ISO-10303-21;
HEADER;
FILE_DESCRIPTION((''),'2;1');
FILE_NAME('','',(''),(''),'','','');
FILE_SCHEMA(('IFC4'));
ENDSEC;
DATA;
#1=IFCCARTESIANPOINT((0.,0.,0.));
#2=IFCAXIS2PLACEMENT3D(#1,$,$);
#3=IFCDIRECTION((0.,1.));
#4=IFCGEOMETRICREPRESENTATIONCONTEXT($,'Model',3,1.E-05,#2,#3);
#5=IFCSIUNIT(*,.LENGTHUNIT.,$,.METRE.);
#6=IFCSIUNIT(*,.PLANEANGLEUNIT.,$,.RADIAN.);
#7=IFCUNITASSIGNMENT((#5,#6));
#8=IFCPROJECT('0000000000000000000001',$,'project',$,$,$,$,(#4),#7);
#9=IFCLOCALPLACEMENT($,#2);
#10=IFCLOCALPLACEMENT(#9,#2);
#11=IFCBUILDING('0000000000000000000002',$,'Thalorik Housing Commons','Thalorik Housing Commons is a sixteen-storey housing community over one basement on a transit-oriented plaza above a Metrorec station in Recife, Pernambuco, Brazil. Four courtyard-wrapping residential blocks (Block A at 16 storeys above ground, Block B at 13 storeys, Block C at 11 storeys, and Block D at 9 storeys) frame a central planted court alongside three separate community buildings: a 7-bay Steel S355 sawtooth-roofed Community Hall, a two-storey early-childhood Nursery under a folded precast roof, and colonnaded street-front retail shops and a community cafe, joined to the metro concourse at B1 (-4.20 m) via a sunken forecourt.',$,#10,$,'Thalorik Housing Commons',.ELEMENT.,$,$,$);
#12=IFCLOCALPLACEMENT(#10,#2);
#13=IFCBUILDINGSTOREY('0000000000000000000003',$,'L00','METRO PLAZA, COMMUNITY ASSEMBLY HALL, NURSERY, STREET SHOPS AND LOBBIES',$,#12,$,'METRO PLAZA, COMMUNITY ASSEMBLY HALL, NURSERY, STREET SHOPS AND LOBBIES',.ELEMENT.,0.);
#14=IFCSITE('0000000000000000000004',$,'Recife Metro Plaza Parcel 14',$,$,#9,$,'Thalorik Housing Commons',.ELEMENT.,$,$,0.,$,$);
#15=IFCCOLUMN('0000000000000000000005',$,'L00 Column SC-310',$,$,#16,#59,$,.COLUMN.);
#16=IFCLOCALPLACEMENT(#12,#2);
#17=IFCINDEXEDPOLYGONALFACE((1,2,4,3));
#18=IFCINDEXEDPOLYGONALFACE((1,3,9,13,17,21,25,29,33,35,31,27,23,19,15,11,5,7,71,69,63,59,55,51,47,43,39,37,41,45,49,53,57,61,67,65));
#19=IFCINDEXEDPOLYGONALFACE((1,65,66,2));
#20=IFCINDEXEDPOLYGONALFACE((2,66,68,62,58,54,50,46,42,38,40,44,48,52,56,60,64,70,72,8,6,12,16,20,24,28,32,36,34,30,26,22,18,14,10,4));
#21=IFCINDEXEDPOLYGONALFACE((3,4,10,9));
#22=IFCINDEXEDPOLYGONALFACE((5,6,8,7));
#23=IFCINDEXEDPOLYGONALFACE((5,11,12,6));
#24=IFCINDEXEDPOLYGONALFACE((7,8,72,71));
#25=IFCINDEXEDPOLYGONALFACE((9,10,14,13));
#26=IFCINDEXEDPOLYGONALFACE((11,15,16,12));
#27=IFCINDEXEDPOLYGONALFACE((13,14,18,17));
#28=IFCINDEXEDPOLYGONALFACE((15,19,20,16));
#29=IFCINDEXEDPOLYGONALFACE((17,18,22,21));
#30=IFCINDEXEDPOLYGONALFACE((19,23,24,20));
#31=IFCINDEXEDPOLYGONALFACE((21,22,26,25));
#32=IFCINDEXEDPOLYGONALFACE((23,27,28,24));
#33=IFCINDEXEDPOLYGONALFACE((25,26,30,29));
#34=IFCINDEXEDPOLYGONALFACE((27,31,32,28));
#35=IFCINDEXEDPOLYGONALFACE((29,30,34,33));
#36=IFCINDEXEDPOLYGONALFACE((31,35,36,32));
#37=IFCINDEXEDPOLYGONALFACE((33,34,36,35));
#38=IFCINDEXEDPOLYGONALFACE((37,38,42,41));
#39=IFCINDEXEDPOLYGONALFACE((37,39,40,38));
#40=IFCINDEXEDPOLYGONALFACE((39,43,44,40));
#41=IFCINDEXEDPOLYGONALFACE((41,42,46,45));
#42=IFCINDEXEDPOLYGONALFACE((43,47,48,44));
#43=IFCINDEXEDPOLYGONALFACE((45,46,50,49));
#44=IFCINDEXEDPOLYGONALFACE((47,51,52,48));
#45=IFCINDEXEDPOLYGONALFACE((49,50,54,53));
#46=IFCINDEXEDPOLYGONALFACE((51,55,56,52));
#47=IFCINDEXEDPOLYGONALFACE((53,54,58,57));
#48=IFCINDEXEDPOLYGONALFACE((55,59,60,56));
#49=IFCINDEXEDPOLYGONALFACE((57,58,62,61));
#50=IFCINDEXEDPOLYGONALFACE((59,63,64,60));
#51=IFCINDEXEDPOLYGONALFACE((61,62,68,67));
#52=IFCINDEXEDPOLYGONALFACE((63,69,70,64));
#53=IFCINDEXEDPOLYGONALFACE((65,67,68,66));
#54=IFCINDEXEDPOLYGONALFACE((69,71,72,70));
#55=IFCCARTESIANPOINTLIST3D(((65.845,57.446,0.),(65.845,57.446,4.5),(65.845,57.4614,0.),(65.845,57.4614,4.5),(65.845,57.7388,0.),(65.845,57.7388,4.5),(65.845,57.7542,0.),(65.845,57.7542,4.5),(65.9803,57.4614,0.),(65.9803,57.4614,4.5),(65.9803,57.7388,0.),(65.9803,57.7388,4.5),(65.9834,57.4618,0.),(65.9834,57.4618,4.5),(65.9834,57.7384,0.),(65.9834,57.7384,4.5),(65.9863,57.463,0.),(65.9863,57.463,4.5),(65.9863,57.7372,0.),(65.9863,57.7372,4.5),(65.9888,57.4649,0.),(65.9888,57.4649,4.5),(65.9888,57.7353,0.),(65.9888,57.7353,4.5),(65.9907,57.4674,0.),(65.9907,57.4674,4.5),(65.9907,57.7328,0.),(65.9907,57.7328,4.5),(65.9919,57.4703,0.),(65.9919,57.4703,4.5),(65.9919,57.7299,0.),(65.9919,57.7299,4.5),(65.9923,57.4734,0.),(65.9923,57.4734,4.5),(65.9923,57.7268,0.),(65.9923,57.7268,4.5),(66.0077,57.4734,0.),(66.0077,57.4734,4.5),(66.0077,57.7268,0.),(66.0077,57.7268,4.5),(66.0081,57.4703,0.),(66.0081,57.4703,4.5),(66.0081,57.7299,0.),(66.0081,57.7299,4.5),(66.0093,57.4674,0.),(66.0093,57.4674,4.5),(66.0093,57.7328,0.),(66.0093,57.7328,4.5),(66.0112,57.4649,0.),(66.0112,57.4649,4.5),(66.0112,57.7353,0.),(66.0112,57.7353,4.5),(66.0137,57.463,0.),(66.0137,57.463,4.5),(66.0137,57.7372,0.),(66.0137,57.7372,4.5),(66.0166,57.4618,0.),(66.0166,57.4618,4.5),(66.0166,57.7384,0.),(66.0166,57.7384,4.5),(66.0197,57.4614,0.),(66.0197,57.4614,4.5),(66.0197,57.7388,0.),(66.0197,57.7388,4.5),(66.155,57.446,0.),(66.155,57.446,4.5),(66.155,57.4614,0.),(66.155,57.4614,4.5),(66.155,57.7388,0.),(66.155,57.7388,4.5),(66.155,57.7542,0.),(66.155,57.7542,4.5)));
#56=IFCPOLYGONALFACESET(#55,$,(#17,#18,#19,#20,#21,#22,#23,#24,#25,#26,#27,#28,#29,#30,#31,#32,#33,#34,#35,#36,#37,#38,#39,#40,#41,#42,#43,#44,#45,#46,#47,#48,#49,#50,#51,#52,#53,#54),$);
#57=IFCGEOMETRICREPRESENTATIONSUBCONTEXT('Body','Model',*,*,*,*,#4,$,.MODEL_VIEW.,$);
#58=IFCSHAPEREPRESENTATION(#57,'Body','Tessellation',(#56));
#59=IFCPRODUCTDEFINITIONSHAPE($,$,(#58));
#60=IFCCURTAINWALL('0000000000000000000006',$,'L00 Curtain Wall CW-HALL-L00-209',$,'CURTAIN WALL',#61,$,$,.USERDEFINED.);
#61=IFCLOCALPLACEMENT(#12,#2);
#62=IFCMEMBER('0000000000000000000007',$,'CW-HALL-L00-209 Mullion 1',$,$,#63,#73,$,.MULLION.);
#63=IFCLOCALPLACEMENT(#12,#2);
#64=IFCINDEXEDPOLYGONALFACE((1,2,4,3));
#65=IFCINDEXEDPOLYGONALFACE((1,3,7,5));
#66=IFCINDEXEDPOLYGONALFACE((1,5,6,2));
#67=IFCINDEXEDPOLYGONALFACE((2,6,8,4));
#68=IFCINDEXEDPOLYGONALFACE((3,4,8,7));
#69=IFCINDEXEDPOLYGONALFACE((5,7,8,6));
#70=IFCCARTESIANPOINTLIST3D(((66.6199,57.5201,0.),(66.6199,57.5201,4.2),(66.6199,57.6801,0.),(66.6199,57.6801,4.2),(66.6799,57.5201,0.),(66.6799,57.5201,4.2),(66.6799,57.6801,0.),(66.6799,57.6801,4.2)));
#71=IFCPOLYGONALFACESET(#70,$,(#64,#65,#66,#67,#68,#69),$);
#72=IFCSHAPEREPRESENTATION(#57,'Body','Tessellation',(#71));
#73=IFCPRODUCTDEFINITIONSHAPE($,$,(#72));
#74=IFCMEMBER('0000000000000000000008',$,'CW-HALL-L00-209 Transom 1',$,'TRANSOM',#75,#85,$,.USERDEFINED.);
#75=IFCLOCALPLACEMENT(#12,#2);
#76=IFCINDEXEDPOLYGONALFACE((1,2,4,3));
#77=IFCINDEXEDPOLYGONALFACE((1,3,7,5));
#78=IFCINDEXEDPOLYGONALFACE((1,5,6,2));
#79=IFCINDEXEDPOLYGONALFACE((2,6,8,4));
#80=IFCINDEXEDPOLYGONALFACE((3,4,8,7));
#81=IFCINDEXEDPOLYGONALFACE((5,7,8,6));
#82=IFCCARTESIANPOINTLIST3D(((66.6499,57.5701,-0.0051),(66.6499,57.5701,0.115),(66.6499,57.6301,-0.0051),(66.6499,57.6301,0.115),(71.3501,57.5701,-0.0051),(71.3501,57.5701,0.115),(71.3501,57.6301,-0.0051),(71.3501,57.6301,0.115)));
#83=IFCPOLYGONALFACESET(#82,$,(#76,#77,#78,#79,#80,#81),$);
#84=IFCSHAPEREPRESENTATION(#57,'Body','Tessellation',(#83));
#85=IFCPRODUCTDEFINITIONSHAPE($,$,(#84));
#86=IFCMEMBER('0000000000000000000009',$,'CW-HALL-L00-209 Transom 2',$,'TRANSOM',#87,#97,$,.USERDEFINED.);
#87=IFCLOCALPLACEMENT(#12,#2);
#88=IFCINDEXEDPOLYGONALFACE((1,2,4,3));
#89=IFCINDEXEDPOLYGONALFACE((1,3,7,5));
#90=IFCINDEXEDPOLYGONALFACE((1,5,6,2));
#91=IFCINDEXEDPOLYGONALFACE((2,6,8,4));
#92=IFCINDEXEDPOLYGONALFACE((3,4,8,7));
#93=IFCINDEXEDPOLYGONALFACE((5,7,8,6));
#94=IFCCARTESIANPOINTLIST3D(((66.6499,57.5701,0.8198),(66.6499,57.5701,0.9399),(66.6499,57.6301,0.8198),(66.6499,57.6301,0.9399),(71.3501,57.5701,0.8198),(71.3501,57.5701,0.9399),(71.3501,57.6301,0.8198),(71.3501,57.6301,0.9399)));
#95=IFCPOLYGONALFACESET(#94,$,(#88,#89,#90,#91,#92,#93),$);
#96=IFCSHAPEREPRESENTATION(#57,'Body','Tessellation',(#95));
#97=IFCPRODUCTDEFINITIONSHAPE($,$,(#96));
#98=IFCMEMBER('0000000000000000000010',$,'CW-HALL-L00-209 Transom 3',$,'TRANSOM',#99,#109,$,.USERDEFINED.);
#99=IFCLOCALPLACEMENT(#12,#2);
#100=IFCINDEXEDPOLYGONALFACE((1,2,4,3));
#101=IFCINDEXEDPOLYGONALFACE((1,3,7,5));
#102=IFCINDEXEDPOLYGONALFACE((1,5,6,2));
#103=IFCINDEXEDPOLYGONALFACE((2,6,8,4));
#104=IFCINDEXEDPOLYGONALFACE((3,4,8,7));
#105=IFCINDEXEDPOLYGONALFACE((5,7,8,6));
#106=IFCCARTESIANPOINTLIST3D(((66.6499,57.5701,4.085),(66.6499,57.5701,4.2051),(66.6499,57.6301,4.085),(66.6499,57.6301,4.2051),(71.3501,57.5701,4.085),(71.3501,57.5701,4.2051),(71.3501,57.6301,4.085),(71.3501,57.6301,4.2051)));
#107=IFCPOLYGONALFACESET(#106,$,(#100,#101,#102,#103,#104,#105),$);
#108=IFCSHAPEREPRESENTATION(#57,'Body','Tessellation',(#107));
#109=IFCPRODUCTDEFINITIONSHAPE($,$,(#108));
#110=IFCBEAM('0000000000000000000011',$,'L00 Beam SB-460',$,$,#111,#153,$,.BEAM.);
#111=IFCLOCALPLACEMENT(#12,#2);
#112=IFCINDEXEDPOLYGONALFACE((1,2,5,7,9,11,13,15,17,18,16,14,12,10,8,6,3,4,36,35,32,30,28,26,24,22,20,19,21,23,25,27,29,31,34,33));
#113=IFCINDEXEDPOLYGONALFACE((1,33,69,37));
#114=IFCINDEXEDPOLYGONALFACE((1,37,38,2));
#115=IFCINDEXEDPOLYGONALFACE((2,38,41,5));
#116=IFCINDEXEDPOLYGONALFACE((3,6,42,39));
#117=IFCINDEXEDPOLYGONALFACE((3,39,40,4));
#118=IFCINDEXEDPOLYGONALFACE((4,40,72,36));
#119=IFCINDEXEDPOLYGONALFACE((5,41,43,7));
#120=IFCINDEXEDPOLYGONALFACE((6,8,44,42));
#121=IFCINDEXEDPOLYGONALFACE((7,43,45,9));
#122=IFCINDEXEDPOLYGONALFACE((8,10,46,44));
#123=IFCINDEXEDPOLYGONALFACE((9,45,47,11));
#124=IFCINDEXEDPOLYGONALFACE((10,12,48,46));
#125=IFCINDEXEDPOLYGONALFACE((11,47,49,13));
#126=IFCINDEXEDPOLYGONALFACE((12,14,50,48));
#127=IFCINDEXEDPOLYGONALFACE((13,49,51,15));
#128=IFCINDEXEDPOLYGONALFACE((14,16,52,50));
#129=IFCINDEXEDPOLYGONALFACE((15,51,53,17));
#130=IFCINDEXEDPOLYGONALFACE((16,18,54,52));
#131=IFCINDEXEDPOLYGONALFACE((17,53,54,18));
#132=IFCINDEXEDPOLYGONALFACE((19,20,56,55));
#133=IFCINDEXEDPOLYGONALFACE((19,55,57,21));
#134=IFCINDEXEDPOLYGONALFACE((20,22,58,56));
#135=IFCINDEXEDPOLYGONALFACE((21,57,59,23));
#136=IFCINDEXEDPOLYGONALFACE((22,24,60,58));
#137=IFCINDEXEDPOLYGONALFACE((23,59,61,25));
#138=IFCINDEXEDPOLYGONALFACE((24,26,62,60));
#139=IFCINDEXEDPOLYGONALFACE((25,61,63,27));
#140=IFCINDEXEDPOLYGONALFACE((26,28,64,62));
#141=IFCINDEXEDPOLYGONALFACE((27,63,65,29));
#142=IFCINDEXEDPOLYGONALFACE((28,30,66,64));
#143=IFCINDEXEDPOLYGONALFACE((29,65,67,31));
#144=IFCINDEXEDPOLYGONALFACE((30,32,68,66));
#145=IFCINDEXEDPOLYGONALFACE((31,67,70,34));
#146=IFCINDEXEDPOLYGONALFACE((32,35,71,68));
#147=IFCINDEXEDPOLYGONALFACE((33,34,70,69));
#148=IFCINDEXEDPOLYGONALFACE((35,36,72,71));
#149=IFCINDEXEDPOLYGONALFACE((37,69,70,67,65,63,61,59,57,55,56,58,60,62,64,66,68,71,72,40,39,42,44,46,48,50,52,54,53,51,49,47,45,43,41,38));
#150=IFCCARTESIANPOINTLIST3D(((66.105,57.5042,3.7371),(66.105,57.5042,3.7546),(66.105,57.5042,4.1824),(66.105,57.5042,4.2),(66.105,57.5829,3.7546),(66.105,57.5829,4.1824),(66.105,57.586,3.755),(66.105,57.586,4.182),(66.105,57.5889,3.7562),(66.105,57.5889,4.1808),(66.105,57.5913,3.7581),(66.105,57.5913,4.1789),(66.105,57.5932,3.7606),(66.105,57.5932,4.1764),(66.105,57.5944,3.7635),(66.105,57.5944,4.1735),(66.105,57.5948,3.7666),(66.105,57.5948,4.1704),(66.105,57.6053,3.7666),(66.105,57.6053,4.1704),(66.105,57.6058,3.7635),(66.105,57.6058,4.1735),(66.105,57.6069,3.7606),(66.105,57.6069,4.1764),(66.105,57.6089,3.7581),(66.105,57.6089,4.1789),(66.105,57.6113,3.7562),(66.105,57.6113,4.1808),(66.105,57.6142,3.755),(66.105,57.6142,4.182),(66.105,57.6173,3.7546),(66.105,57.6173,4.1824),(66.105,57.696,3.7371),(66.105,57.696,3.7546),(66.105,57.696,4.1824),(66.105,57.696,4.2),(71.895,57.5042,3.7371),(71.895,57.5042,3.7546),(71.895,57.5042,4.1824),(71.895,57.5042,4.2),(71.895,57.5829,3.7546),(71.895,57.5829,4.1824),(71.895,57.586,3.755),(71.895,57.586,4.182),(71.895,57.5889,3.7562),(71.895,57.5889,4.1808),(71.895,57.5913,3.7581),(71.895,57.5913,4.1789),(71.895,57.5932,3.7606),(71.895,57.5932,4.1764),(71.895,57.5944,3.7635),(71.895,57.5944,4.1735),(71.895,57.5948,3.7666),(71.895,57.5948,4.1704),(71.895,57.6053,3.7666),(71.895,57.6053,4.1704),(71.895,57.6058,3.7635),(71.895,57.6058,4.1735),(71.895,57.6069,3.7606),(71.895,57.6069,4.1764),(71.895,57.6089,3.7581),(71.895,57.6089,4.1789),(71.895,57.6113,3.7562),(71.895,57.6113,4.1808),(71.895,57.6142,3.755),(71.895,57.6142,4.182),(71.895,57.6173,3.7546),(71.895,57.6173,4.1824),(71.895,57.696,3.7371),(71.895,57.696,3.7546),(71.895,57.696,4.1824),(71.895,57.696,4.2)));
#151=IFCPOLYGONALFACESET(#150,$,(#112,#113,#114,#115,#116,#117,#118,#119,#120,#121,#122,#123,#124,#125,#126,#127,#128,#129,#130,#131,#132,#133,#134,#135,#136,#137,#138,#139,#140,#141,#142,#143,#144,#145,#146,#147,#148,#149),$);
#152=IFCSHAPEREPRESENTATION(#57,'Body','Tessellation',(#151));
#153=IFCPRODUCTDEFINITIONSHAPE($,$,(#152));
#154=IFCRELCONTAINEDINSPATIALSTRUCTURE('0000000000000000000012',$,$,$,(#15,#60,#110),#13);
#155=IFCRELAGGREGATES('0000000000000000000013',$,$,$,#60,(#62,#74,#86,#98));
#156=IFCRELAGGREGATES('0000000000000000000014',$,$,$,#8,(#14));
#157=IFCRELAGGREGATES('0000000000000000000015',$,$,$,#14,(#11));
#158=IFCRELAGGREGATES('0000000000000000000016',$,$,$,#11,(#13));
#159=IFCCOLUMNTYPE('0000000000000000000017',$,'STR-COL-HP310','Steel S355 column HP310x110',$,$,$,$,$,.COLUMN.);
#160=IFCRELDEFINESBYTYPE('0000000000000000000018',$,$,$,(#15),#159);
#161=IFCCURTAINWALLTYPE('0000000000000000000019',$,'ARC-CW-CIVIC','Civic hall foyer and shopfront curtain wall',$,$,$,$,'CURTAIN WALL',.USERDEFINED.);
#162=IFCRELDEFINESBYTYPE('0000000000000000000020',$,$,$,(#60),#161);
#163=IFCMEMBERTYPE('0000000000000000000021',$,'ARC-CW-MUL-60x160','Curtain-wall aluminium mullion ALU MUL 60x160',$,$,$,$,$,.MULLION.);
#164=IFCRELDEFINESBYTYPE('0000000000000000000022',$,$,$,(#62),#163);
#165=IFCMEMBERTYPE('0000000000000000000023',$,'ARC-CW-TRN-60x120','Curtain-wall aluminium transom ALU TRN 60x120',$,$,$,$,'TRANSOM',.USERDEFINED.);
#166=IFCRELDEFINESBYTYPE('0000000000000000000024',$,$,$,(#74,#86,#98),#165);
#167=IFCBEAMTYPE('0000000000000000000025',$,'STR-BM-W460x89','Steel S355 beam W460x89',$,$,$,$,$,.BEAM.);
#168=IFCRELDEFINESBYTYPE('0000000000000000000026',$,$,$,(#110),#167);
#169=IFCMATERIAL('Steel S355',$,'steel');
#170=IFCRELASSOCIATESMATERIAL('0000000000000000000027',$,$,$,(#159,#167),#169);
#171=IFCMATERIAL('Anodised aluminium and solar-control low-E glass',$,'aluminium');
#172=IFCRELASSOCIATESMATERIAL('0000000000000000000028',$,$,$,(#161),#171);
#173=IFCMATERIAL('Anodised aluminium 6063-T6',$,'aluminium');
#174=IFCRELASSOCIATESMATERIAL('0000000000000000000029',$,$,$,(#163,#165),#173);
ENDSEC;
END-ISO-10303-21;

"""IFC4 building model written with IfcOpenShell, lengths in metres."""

from ifc_helpers import new_model, si_unit, direction, frame, origin, origin_2d, place, context, subcontext, project, spatial, rectangle, i_section, extrude, material, material_profile, profile_set, type_object, element, aggregate, save


model = new_model("IFC4")

# Units and contexts
model_context = context("Model", 3, precision=1e-05, world=origin(), true_north=direction((0.0, 1.0)))
body_context = subcontext(model_context, "Body", "Model", "MODEL_VIEW")
ifc_project = project(units=[si_unit("LENGTHUNIT", "METRE"), si_unit("PLANEANGLEUNIT", "RADIAN")], contexts=[model_context])

# Site, building, storey
site_placement = place(None, origin())
site = spatial("IfcSite", under=ifc_project, at=site_placement, Name="Recife Metro Plaza Parcel 14", LongName="Thalorik Housing Commons", CompositionType="ELEMENT", RefElevation=0.0)
building_placement = place(site_placement, origin())
building = spatial("IfcBuilding", under=site, at=building_placement, Name="Thalorik Housing Commons", Description="Thalorik Housing Commons is a sixteen-storey housing community over one basement on a transit-oriented plaza above a Metrorec station in Recife, Pernambuco, Brazil. Four courtyard-wrapping residential blocks (Block A at 16 storeys above ground, Block B at 13 storeys, Block C at 11 storeys, and Block D at 9 storeys) frame a central planted court alongside three separate community buildings: a 7-bay Steel S355 sawtooth-roofed Community Hall, a two-storey early-childhood Nursery under a folded precast roof, and colonnaded street-front retail shops and a community cafe, joined to the metro concourse at B1 (-4.20 m) via a sunken forecourt.", LongName="Thalorik Housing Commons", CompositionType="ELEMENT")
storey_placement = place(building_placement, origin())
storey = spatial("IfcBuildingStorey", under=building, at=storey_placement, Name="L00", Description="METRO PLAZA, COMMUNITY ASSEMBLY HALL, NURSERY, STREET SHOPS AND LOBBIES", LongName="METRO PLAZA, COMMUNITY ASSEMBLY HALL, NURSERY, STREET SHOPS AND LOBBIES", CompositionType="ELEMENT", Elevation=0.0)

# Column
ifc_material_1 = material(Name="Steel S355", Category="steel")
ifc_material_profile_1 = material_profile(ifc_material_1, i_section(OverallWidth=0.3101, OverallDepth=0.3081, WebThickness=0.0154, FlangeThickness=0.0154, FilletRadius=0.012, at=origin_2d()), Name="HP310x110", Category="steel")
ifc_profile_set_1 = profile_set([ifc_material_profile_1], Name="Steel S355")
column_type = type_object("IfcColumnType", Name="STR-COL-HP310", Description="Steel S355 column HP310x110", PredefinedType="COLUMN", material=ifc_profile_set_1)
column_placement = place(storey_placement, frame((66.0, 57.6001, 0.0), z_axis=(0.0, 0.0, 1.0), x_axis=(1.0, 0.0, 0.0)))
element("IfcColumn", 1, at=column_placement, inside=storey, type_object=column_type, Name="L00 Column SC-310", PredefinedType="COLUMN", context=body_context, shape_type="SweptSolid", body=[
    extrude(i_section(OverallWidth=0.3101, OverallDepth=0.3081, WebThickness=0.0154, FlangeThickness=0.0154, FilletRadius=0.012, at=origin_2d()), origin(), (0.0, 0.0, 1.0), 4.5),
])

# Curtain wall, members
ifc_material_2 = material(Name="Anodised aluminium and solar-control low-E glass", Category="aluminium")
curtain_wall_type = type_object("IfcCurtainWallType", Name="ARC-CW-CIVIC", Description="Civic hall foyer and shopfront curtain wall", ElementType="CURTAIN WALL", PredefinedType="USERDEFINED", material=ifc_material_2)
curtain_wall_placement = place(storey_placement, origin())
curtain_wall = element("IfcCurtainWall", 2, at=curtain_wall_placement, inside=storey, type_object=curtain_wall_type, Name="L00 Curtain Wall CW-HALL-L00-209", ObjectType="CURTAIN WALL", PredefinedType="USERDEFINED")
ifc_material_3 = material(Name="Anodised aluminium 6063-T6", Category="aluminium")
ifc_material_profile_2 = material_profile(ifc_material_3, rectangle(XDim=0.0601, YDim=0.1599, at=origin_2d()), Name="ALU MUL 60x160", Category="aluminium")
ifc_profile_set_2 = profile_set([ifc_material_profile_2], Name="Anodised aluminium 6063-T6")
member_type_1 = type_object("IfcMemberType", Name="ARC-CW-MUL-60x160", Description="Curtain-wall aluminium mullion ALU MUL 60x160", PredefinedType="MULLION", material=ifc_profile_set_2)
member_1_placement = place(storey_placement, frame((66.6499, 57.6001, 0.0), z_axis=(0.0, 0.0, 1.0), x_axis=(1.0, 0.0, 0.0)))
member_1 = element("IfcMember", 3, at=member_1_placement, type_object=member_type_1, Name="CW-HALL-L00-209 Mullion 1", PredefinedType="MULLION", context=body_context, shape_type="SweptSolid", body=[
    extrude(rectangle(XDim=0.0601, YDim=0.1599, at=origin_2d()), origin(), (0.0, 0.0, 1.0), 4.2),
])
ifc_material_profile_3 = material_profile(ifc_material_3, rectangle(XDim=0.0601, YDim=0.1201, at=origin_2d()), Name="ALU TRN 60x120", Category="aluminium")
ifc_profile_set_3 = profile_set([ifc_material_profile_3], Name="Anodised aluminium 6063-T6")
member_type_2 = type_object("IfcMemberType", Name="ARC-CW-TRN-60x120", Description="Curtain-wall aluminium transom ALU TRN 60x120", ElementType="TRANSOM", PredefinedType="USERDEFINED", material=ifc_profile_set_3)
member_2_placement = place(storey_placement, frame((66.6499, 57.6001, 0.0549), z_axis=(1.0, 0.0, 0.0), x_axis=(0.0, 1.0, 0.0)))
member_2 = element("IfcMember", 4, at=member_2_placement, type_object=member_type_2, Name="CW-HALL-L00-209 Transom 1", ObjectType="TRANSOM", PredefinedType="USERDEFINED", context=body_context, shape_type="SweptSolid", body=[
    extrude(rectangle(XDim=0.0601, YDim=0.1201, at=origin_2d()), origin(), (0.0, 0.0, 1.0), 4.7002),
])
member_3_placement = place(storey_placement, frame((66.6499, 57.6001, 0.8799), z_axis=(1.0, 0.0, 0.0), x_axis=(0.0, 1.0, 0.0)))
member_3 = element("IfcMember", 5, at=member_3_placement, type_object=member_type_2, Name="CW-HALL-L00-209 Transom 2", ObjectType="TRANSOM", PredefinedType="USERDEFINED", context=body_context, shape_type="SweptSolid", body=[
    extrude(rectangle(XDim=0.0601, YDim=0.1201, at=origin_2d()), origin(), (0.0, 0.0, 1.0), 4.7002),
])
member_4_placement = place(storey_placement, frame((66.6499, 57.6001, 4.145), z_axis=(1.0, 0.0, 0.0), x_axis=(0.0, 1.0, 0.0)))
member_4 = element("IfcMember", 6, at=member_4_placement, type_object=member_type_2, Name="CW-HALL-L00-209 Transom 3", ObjectType="TRANSOM", PredefinedType="USERDEFINED", context=body_context, shape_type="SweptSolid", body=[
    extrude(rectangle(XDim=0.0601, YDim=0.1201, at=origin_2d()), origin(), (0.0, 0.0, 1.0), 4.7002),
])

# Beam
ifc_material_profile_4 = material_profile(ifc_material_1, i_section(OverallWidth=0.1919, OverallDepth=0.4629, WebThickness=0.0105, FlangeThickness=0.0176, FilletRadius=0.012, at=origin_2d()), Name="W460x89", Category="steel")
ifc_profile_set_4 = profile_set([ifc_material_profile_4], Name="Steel S355")
beam_type_1 = type_object("IfcBeamType", Name="STR-BM-W460x89", Description="Steel S355 beam W460x89", PredefinedType="BEAM", material=ifc_profile_set_4)
beam_1_placement = place(storey_placement, frame((66.105, 57.6001, 3.9685), z_axis=(1.0, 0.0, 0.0), x_axis=(0.0, 1.0, 0.0)))
element("IfcBeam", 7, at=beam_1_placement, inside=storey, type_object=beam_type_1, Name="L00 Beam SB-460", PredefinedType="BEAM", context=body_context, shape_type="SweptSolid", body=[
    extrude(i_section(OverallWidth=0.1919, OverallDepth=0.4629, WebThickness=0.0105, FlangeThickness=0.0176, FilletRadius=0.012, at=origin_2d()), origin(), (0.0, 0.0, 1.0), 5.79),
])

aggregate(curtain_wall, [member_1, member_2, member_3, member_4])

save(model, "model.ifc")
